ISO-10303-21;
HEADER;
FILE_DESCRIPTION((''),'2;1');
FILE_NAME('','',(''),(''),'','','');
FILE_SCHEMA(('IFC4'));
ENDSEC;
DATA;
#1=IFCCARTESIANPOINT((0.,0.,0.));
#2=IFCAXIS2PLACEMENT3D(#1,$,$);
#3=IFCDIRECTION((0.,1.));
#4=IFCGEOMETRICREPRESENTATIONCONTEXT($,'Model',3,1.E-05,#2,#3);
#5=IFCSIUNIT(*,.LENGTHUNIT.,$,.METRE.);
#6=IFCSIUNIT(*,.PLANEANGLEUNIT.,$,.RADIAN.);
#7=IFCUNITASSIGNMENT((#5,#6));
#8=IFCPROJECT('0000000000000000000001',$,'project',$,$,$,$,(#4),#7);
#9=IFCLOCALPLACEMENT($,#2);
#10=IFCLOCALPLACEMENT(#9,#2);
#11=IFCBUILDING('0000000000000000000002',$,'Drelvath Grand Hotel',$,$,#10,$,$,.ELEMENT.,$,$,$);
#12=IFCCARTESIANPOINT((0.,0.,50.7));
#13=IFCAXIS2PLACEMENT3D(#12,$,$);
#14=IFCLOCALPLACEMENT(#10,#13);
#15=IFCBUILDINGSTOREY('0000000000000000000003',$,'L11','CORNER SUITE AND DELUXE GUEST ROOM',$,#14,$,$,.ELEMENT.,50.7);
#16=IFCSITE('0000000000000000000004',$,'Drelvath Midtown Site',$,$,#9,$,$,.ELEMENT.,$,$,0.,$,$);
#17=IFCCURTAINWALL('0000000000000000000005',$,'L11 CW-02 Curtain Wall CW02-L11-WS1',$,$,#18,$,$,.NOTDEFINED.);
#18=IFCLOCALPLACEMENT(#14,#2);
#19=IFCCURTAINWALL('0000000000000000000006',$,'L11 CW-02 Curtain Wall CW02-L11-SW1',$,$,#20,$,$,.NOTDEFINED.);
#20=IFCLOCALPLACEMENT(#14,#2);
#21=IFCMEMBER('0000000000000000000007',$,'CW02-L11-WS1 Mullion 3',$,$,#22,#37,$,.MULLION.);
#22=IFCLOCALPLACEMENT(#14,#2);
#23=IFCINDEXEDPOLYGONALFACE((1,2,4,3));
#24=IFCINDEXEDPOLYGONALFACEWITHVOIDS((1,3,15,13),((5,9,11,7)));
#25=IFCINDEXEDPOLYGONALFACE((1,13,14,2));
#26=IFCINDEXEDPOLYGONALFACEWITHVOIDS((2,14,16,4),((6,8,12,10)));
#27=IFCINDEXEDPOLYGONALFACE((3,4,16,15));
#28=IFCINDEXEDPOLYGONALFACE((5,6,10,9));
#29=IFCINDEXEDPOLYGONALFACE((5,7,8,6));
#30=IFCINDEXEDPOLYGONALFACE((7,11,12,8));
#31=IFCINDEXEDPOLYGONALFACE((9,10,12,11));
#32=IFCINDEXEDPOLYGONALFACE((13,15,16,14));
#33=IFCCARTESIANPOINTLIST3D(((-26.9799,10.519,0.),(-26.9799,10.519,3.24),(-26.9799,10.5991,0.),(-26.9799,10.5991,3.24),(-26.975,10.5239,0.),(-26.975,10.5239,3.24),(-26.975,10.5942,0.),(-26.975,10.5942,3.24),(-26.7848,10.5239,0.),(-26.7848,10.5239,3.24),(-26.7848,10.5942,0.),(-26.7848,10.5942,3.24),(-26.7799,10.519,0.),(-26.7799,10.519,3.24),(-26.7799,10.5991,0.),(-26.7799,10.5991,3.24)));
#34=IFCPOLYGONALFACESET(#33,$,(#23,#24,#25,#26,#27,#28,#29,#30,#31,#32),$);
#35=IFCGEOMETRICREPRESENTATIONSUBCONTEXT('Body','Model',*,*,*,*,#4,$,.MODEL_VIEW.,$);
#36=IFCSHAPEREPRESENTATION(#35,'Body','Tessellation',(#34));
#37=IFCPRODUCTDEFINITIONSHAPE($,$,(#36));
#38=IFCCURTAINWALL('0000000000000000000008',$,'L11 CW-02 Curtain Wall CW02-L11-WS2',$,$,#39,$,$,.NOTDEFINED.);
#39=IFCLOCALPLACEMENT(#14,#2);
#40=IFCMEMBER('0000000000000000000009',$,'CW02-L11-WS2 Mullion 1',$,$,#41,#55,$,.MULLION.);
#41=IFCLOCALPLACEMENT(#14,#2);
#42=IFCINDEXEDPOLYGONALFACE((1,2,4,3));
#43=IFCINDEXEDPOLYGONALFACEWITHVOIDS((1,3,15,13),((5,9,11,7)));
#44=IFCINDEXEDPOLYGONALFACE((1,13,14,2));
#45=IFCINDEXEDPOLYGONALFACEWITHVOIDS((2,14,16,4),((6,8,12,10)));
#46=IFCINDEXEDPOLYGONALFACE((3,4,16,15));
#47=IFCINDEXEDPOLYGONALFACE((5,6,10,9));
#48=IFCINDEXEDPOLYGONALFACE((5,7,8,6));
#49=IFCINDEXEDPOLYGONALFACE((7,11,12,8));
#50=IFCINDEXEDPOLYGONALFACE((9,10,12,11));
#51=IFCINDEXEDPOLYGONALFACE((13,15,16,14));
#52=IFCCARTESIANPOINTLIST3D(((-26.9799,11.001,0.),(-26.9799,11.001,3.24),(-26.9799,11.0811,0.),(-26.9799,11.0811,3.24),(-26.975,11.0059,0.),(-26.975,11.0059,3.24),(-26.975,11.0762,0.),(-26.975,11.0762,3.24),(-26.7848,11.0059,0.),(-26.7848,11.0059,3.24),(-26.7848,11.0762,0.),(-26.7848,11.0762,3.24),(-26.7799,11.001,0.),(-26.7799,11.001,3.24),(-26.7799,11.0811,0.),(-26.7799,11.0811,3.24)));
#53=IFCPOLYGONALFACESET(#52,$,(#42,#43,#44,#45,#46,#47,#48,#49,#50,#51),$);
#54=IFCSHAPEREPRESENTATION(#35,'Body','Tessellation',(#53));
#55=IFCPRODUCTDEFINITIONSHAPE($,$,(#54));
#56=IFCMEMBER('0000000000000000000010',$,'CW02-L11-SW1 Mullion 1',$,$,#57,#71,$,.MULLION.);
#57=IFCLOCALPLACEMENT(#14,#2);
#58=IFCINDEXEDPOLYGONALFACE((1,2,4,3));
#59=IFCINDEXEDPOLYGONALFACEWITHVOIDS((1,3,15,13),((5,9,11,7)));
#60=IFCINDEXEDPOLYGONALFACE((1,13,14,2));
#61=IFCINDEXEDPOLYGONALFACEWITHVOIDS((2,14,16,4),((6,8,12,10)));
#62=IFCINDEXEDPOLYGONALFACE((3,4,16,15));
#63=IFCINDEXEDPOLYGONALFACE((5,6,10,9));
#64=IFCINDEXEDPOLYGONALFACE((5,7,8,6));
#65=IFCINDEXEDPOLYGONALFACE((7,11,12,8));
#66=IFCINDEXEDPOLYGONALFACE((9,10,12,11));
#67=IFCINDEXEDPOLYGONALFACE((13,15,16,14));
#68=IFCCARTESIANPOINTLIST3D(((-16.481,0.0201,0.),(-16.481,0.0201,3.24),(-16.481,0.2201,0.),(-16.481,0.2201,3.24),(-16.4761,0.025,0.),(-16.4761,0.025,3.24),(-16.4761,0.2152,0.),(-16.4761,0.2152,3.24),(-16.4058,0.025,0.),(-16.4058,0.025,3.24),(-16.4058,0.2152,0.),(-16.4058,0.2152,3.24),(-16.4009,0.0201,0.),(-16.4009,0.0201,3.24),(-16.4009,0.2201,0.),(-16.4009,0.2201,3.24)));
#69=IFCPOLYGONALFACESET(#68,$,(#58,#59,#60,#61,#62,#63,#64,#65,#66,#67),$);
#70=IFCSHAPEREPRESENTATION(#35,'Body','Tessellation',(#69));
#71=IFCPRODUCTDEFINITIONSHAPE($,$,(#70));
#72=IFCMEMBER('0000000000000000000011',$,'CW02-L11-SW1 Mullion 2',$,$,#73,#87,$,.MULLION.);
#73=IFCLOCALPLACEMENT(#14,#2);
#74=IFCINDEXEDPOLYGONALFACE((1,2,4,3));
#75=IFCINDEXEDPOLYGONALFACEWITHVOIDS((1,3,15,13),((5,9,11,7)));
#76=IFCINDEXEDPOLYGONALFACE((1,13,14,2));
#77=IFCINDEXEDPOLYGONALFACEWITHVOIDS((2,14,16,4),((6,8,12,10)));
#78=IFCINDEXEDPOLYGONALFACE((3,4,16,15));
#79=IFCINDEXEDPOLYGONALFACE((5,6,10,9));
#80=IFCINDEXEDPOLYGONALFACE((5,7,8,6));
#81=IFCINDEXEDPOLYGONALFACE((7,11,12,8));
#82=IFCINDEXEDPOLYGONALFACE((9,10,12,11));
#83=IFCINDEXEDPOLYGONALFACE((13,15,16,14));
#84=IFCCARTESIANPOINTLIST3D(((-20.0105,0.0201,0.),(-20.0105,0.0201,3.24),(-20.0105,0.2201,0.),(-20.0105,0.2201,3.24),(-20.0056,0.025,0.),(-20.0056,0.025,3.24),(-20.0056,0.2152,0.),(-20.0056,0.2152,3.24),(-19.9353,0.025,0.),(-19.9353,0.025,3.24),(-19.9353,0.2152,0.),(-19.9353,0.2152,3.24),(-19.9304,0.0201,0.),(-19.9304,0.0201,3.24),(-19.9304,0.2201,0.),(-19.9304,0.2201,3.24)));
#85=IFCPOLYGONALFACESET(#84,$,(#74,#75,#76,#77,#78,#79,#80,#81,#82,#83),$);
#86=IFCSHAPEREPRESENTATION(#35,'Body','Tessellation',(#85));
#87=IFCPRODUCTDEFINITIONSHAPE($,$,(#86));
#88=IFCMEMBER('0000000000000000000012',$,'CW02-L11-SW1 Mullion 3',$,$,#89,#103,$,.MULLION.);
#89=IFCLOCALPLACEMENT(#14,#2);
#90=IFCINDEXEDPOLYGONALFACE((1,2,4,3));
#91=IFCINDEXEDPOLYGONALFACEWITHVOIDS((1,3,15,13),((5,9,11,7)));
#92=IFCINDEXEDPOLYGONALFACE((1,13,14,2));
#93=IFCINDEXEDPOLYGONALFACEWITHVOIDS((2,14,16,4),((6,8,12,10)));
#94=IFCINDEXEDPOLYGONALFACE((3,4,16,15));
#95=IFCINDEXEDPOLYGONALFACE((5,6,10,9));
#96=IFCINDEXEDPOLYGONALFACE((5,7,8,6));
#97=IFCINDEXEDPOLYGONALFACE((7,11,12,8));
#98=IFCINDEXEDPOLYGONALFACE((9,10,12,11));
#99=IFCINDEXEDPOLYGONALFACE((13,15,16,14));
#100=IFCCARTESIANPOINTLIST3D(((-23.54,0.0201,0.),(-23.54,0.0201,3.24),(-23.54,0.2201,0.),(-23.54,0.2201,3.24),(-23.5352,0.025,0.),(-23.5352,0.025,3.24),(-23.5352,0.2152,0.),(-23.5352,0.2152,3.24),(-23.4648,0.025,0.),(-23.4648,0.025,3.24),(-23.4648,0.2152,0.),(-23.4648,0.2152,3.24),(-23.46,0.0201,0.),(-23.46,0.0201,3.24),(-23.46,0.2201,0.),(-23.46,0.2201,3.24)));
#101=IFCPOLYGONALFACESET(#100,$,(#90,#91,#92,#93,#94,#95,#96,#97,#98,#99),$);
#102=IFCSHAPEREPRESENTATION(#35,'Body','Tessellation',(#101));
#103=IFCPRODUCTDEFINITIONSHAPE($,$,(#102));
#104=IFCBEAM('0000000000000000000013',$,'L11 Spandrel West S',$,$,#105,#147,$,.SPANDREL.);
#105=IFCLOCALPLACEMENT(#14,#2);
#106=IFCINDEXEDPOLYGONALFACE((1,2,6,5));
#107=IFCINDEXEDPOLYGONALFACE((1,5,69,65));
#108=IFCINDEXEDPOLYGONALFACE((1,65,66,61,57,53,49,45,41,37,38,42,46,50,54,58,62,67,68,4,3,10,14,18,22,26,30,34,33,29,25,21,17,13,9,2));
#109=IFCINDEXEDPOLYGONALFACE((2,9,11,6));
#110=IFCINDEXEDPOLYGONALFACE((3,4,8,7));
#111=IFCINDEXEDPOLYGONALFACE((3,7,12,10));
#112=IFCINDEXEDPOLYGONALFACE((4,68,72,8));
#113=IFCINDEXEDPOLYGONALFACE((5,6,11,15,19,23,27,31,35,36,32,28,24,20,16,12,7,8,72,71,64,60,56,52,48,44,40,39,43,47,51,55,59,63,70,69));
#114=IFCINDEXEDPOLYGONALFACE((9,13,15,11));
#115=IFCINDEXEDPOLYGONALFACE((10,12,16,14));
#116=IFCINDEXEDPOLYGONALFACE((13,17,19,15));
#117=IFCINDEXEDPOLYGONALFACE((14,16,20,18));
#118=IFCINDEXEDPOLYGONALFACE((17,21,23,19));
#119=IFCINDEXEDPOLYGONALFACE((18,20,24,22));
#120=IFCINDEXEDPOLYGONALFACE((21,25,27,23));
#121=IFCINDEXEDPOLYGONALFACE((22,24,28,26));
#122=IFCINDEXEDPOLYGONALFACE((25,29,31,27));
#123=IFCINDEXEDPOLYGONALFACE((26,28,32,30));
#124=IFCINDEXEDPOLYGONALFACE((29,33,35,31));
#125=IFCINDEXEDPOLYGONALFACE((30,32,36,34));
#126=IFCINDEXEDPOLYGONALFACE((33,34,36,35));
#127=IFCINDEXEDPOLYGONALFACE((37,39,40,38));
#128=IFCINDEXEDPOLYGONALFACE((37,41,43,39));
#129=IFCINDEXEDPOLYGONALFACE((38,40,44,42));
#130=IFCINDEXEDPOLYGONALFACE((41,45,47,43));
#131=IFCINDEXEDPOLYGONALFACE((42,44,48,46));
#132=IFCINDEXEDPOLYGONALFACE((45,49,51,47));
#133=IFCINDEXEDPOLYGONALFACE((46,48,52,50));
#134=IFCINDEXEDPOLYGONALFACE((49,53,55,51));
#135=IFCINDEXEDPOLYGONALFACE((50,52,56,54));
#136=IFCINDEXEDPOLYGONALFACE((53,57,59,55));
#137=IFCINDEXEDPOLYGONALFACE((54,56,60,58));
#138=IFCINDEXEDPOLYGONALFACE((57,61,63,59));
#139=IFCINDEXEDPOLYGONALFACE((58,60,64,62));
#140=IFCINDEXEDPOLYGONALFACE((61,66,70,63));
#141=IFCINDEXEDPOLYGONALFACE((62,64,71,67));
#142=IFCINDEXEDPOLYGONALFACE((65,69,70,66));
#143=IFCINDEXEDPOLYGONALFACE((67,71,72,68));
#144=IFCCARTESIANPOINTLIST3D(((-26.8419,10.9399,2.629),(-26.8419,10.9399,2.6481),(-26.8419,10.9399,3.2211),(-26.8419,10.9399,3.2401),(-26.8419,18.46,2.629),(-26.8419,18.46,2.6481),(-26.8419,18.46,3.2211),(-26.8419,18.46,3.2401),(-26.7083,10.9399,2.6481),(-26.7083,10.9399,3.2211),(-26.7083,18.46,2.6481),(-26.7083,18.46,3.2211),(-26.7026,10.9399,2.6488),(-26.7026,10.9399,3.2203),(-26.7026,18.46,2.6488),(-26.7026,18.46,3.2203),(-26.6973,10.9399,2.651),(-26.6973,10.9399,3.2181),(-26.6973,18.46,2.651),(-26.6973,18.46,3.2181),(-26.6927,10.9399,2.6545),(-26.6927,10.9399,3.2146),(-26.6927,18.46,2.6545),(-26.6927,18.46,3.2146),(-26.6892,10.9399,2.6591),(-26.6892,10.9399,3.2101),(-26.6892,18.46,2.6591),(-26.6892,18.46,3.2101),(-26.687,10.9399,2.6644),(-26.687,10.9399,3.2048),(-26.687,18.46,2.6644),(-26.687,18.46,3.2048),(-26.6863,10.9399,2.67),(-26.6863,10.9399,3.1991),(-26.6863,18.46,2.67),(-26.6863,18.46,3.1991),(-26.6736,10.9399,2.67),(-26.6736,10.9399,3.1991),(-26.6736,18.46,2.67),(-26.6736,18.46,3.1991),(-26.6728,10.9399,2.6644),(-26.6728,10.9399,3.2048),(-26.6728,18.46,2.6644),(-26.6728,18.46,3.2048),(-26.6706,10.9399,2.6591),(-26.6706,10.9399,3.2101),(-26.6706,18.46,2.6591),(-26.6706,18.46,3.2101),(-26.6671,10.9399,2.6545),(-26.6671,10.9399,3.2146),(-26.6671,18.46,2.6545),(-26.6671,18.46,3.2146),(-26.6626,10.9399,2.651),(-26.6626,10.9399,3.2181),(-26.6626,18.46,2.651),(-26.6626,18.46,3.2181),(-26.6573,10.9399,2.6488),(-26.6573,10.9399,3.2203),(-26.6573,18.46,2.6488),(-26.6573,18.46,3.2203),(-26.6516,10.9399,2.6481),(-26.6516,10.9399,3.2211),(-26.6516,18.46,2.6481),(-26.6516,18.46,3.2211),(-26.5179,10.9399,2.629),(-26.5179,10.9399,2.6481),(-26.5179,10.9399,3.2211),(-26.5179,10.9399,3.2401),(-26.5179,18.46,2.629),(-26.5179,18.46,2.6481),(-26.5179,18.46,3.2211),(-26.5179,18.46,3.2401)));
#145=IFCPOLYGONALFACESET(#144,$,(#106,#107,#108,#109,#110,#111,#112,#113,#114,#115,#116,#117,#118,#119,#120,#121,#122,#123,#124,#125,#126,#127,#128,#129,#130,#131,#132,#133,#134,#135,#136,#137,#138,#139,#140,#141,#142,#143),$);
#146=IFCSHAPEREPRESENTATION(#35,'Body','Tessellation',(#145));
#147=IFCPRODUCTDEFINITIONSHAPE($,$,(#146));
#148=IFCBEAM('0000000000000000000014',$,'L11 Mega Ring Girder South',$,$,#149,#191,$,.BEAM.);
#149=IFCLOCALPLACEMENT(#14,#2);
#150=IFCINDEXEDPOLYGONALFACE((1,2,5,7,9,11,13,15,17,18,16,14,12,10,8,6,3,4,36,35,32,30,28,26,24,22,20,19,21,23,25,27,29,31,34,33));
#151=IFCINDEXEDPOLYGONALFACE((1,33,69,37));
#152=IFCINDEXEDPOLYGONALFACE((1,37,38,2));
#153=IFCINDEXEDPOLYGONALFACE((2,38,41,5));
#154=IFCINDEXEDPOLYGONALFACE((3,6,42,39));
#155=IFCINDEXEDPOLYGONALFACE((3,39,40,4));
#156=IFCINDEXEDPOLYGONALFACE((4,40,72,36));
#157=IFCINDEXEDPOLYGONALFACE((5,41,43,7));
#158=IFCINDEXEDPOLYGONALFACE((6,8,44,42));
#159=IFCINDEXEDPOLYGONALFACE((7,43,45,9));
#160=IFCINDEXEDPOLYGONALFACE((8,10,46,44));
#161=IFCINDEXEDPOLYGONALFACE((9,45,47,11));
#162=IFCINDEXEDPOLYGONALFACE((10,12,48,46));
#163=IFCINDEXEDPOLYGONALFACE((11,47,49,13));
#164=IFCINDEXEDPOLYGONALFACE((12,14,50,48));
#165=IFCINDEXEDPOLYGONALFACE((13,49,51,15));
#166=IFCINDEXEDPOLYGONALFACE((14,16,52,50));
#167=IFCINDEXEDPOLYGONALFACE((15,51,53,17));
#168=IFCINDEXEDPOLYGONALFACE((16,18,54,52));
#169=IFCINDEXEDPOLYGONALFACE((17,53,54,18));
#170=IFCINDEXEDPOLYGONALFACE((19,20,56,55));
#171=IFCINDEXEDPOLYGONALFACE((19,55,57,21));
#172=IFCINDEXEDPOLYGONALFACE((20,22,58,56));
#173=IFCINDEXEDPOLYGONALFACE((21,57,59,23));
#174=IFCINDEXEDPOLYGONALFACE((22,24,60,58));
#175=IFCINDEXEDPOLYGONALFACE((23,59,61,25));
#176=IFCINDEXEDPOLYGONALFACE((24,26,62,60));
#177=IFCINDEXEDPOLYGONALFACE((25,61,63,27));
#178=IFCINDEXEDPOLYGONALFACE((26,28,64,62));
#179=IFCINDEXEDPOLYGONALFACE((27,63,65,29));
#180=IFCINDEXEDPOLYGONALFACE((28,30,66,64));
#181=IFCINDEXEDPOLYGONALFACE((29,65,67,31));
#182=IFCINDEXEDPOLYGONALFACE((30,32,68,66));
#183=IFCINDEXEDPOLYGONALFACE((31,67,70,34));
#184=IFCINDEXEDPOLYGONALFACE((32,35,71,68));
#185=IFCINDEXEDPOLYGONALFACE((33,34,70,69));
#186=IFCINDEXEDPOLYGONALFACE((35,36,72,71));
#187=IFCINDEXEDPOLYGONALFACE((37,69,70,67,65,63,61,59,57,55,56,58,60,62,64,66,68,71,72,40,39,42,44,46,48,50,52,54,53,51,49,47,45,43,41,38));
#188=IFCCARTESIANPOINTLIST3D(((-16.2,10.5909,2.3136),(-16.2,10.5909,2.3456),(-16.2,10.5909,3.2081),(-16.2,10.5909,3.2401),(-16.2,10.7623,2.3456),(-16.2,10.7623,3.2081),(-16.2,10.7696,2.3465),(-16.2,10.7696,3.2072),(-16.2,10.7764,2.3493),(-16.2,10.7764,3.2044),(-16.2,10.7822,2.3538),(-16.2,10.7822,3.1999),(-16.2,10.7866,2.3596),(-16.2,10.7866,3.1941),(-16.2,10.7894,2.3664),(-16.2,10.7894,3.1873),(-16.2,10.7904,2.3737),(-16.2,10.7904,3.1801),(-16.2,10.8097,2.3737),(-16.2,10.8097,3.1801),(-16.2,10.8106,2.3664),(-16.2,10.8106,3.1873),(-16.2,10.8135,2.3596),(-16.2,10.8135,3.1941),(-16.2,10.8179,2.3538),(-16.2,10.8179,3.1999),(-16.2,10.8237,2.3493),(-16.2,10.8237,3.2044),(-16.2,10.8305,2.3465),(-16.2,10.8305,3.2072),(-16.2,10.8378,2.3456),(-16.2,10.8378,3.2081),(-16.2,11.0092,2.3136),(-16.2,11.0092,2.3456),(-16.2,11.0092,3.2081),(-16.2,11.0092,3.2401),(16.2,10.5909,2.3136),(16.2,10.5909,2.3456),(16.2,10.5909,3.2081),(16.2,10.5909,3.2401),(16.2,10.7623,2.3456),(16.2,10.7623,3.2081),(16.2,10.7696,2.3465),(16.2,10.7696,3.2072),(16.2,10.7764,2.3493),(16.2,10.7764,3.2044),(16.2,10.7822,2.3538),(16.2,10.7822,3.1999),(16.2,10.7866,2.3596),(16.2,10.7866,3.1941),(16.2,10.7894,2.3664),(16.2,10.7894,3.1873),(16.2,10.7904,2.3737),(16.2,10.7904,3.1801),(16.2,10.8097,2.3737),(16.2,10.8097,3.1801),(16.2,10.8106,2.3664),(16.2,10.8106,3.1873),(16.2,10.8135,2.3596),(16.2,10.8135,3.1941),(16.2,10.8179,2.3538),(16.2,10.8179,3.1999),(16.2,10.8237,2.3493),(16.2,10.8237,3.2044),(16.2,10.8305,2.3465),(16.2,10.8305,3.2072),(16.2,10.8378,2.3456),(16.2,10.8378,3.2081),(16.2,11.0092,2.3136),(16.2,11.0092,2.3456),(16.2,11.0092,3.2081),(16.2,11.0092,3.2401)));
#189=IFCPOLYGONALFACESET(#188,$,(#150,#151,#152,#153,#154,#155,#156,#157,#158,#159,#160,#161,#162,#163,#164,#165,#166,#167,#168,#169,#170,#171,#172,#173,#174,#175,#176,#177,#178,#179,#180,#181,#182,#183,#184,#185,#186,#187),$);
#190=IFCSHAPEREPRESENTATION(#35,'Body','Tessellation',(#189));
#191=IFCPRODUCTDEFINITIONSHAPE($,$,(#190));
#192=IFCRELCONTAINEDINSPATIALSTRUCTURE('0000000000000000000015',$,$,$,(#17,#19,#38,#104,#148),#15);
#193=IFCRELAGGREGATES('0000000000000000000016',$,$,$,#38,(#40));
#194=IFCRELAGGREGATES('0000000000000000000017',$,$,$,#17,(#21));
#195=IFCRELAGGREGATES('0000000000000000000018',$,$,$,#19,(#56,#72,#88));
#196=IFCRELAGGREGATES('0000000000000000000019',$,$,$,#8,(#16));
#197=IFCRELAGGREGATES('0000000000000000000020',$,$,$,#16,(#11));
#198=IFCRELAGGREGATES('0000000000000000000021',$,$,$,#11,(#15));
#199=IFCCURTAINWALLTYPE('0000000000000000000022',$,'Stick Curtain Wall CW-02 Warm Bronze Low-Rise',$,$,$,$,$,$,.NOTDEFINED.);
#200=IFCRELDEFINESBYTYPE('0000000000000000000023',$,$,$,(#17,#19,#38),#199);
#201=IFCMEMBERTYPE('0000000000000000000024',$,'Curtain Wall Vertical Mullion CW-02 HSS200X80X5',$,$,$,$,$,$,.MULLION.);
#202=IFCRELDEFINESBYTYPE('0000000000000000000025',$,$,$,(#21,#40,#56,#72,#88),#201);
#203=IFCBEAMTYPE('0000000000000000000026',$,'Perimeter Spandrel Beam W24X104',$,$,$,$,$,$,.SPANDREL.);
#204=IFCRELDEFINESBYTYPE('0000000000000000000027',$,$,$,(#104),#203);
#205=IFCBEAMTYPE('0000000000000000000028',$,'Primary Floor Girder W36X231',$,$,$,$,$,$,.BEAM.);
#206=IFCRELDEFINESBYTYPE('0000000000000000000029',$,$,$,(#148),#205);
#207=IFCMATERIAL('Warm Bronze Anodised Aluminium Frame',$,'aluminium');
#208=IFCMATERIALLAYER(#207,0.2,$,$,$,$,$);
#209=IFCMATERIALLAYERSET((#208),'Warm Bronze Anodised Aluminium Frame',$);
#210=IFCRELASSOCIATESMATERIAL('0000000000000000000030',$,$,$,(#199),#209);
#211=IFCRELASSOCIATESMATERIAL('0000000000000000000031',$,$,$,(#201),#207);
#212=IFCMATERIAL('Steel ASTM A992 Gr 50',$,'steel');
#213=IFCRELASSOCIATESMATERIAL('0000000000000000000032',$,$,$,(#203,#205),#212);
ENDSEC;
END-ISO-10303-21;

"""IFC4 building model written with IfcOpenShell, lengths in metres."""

from ifc_helpers import new_model, si_unit, direction, frame, origin, origin_2d, place, context, subcontext, project, spatial, hollow_rectangle, i_section, extrude, material, layer, layer_set, material_profile, profile_set, type_object, element, aggregate, save


model = new_model("IFC4")

# Units and contexts
model_context = context("Model", 3, precision=1e-05, world=origin(), true_north=direction((0.0, 1.0)))
body_context = subcontext(model_context, "Body", "Model", "MODEL_VIEW")
ifc_project = project(units=[si_unit("LENGTHUNIT", "METRE"), si_unit("PLANEANGLEUNIT", "RADIAN")], contexts=[model_context])

# Site, building, storey
site_placement = place(None, origin())
site = spatial("IfcSite", under=ifc_project, at=site_placement, Name="Drelvath Midtown Site", CompositionType="ELEMENT", RefElevation=0.0)
building_placement = place(site_placement, origin())
building = spatial("IfcBuilding", under=site, at=building_placement, Name="Drelvath Grand Hotel", CompositionType="ELEMENT")
storey_placement = place(building_placement, frame((0.0, 0.0, 50.7)))
storey = spatial("IfcBuildingStorey", under=building, at=storey_placement, Name="L11", Description="CORNER SUITE AND DELUXE GUEST ROOM", CompositionType="ELEMENT", Elevation=50.7)

# Curtain walls
ifc_material_1 = material(Name="Warm Bronze Anodised Aluminium Frame", Category="aluminium")
ifc_layer_1 = layer(ifc_material_1, 0.2)
ifc_layer_set_1 = layer_set([ifc_layer_1], Name="Warm Bronze Anodised Aluminium Frame")
curtain_wall_type = type_object("IfcCurtainWallType", Name="Stick Curtain Wall CW-02 Warm Bronze Low-Rise", PredefinedType="NOTDEFINED", material=ifc_layer_set_1)
curtain_wall_1_placement = place(storey_placement, origin())
curtain_wall_1 = element("IfcCurtainWall", 1, at=curtain_wall_1_placement, inside=storey, type_object=curtain_wall_type, Name="L11 CW-02 Curtain Wall CW02-L11-WS1", PredefinedType="NOTDEFINED")
curtain_wall_2_placement = place(storey_placement, origin())
curtain_wall_2 = element("IfcCurtainWall", 2, at=curtain_wall_2_placement, inside=storey, type_object=curtain_wall_type, Name="L11 CW-02 Curtain Wall CW02-L11-SW1", PredefinedType="NOTDEFINED")

# Member
ifc_material_profile_1 = material_profile(ifc_material_1, hollow_rectangle(XDim=0.0801, YDim=0.2, WallThickness=0.0049, at=origin_2d()), Name="HSS200X80X5")
ifc_profile_set_1 = profile_set([ifc_material_profile_1], Name="Warm Bronze Anodised Aluminium Frame")
member_type_1 = type_object("IfcMemberType", Name="Curtain Wall Vertical Mullion CW-02 HSS200X80X5", PredefinedType="MULLION", material=ifc_profile_set_1)
member_1_placement = place(storey_placement, frame((-26.8799, 10.5591, 0.0), z_axis=(0.0, 0.0, 1.0), x_axis=(0.0, 1.0, 0.0)))
member_1 = element("IfcMember", 3, at=member_1_placement, type_object=member_type_1, Name="CW02-L11-WS1 Mullion 3", PredefinedType="MULLION", context=body_context, shape_type="SweptSolid", body=[
    extrude(hollow_rectangle(XDim=0.0801, YDim=0.2, WallThickness=0.0049, at=origin_2d()), origin(), (0.0, 0.0, 1.0), 3.24),
])

# Curtain wall, member
curtain_wall_3_placement = place(storey_placement, origin())
curtain_wall_3 = element("IfcCurtainWall", 4, at=curtain_wall_3_placement, inside=storey, type_object=curtain_wall_type, Name="L11 CW-02 Curtain Wall CW02-L11-WS2", PredefinedType="NOTDEFINED")
member_2_placement = place(storey_placement, frame((-26.8799, 11.041, 0.0), z_axis=(0.0, 0.0, 1.0), x_axis=(0.0, 1.0, 0.0)))
member_2 = element("IfcMember", 5, at=member_2_placement, type_object=member_type_1, Name="CW02-L11-WS2 Mullion 1", PredefinedType="MULLION", context=body_context, shape_type="SweptSolid", body=[
    extrude(hollow_rectangle(XDim=0.0801, YDim=0.2, WallThickness=0.0049, at=origin_2d()), origin(), (0.0, 0.0, 1.0), 3.24),
])
aggregate(curtain_wall_3, [member_2])

# Members
member_3_placement = place(storey_placement, frame((-16.4409, 0.1201, 0.0), z_axis=(0.0, 0.0, 1.0), x_axis=(1.0, 0.0, 0.0)))
member_3 = element("IfcMember", 6, at=member_3_placement, type_object=member_type_1, Name="CW02-L11-SW1 Mullion 1", PredefinedType="MULLION", context=body_context, shape_type="SweptSolid", body=[
    extrude(hollow_rectangle(XDim=0.0801, YDim=0.2, WallThickness=0.0049, at=origin_2d()), origin(), (0.0, 0.0, 1.0), 3.24),
])
member_4_placement = place(storey_placement, frame((-19.9705, 0.1201, 0.0), z_axis=(0.0, 0.0, 1.0), x_axis=(1.0, 0.0, 0.0)))
member_4 = element("IfcMember", 7, at=member_4_placement, type_object=member_type_1, Name="CW02-L11-SW1 Mullion 2", PredefinedType="MULLION", context=body_context, shape_type="SweptSolid", body=[
    extrude(hollow_rectangle(XDim=0.0801, YDim=0.2, WallThickness=0.0049, at=origin_2d()), origin(), (0.0, 0.0, 1.0), 3.24),
])
member_5_placement = place(storey_placement, frame((-23.5, 0.1201, 0.0), z_axis=(0.0, 0.0, 1.0), x_axis=(1.0, 0.0, 0.0)))
member_5 = element("IfcMember", 8, at=member_5_placement, type_object=member_type_1, Name="CW02-L11-SW1 Mullion 3", PredefinedType="MULLION", context=body_context, shape_type="SweptSolid", body=[
    extrude(hollow_rectangle(XDim=0.0801, YDim=0.2, WallThickness=0.0049, at=origin_2d()), origin(), (0.0, 0.0, 1.0), 3.24),
])

# Beams
ifc_material_2 = material(Name="Steel ASTM A992 Gr 50", Category="steel")
ifc_material_profile_2 = material_profile(ifc_material_2, i_section(OverallWidth=0.324, OverallDepth=0.6111, WebThickness=0.0127, FlangeThickness=0.019, FilletRadius=0.022, at=origin_2d()), Name="W24X104")
ifc_profile_set_2 = profile_set([ifc_material_profile_2], Name="Steel ASTM A992 Gr 50")
beam_type_1 = type_object("IfcBeamType", Name="Perimeter Spandrel Beam W24X104", PredefinedType="SPANDREL", material=ifc_profile_set_2)
beam_placement = place(storey_placement, frame((-26.6799, 10.9399, 2.9346), z_axis=(0.0, 1.0, 0.0), x_axis=(-1.0, 0.0, 0.0)))
element("IfcBeam", 9, at=beam_placement, inside=storey, type_object=beam_type_1, Name="L11 Spandrel West S", PredefinedType="SPANDREL", context=body_context, shape_type="SweptSolid", body=[
    extrude(i_section(OverallWidth=0.324, OverallDepth=0.6111, WebThickness=0.0127, FlangeThickness=0.019, FilletRadius=0.022, at=origin_2d()), origin(), (0.0, 0.0, 1.0), 7.52),
])
ifc_material_profile_3 = material_profile(ifc_material_2, i_section(OverallWidth=0.4182, OverallDepth=0.9265, WebThickness=0.0193, FlangeThickness=0.032, FilletRadius=0.0281, at=origin_2d()), Name="W36X231")
ifc_profile_set_3 = profile_set([ifc_material_profile_3], Name="Steel ASTM A992 Gr 50")
beam_type_2 = type_object("IfcBeamType", Name="Primary Floor Girder W36X231", PredefinedType="BEAM", material=ifc_profile_set_3)
for number, where, z_axis, x_axis, name in (
    (10, (-16.2, 10.8, 2.7769), (1.0, 0.0, 0.0), (0.0, 1.0, 0.0), "L11 Mega Ring Girder South"),
):
    element("IfcBeam", number, at=place(storey_placement, frame(where, z_axis=z_axis, x_axis=x_axis)), inside=storey, type_object=beam_type_2, Name=name, PredefinedType="BEAM", context=body_context, shape_type="SweptSolid", body=[
        extrude(i_section(OverallWidth=0.4182, OverallDepth=0.9265, WebThickness=0.0193, FlangeThickness=0.032, FilletRadius=0.0281, at=origin_2d()), origin(), (0.0, 0.0, 1.0), 32.3999),
    ])

aggregate(curtain_wall_1, [member_1])
aggregate(curtain_wall_2, [member_3, member_4, member_5])

save(model, "model.ifc")
